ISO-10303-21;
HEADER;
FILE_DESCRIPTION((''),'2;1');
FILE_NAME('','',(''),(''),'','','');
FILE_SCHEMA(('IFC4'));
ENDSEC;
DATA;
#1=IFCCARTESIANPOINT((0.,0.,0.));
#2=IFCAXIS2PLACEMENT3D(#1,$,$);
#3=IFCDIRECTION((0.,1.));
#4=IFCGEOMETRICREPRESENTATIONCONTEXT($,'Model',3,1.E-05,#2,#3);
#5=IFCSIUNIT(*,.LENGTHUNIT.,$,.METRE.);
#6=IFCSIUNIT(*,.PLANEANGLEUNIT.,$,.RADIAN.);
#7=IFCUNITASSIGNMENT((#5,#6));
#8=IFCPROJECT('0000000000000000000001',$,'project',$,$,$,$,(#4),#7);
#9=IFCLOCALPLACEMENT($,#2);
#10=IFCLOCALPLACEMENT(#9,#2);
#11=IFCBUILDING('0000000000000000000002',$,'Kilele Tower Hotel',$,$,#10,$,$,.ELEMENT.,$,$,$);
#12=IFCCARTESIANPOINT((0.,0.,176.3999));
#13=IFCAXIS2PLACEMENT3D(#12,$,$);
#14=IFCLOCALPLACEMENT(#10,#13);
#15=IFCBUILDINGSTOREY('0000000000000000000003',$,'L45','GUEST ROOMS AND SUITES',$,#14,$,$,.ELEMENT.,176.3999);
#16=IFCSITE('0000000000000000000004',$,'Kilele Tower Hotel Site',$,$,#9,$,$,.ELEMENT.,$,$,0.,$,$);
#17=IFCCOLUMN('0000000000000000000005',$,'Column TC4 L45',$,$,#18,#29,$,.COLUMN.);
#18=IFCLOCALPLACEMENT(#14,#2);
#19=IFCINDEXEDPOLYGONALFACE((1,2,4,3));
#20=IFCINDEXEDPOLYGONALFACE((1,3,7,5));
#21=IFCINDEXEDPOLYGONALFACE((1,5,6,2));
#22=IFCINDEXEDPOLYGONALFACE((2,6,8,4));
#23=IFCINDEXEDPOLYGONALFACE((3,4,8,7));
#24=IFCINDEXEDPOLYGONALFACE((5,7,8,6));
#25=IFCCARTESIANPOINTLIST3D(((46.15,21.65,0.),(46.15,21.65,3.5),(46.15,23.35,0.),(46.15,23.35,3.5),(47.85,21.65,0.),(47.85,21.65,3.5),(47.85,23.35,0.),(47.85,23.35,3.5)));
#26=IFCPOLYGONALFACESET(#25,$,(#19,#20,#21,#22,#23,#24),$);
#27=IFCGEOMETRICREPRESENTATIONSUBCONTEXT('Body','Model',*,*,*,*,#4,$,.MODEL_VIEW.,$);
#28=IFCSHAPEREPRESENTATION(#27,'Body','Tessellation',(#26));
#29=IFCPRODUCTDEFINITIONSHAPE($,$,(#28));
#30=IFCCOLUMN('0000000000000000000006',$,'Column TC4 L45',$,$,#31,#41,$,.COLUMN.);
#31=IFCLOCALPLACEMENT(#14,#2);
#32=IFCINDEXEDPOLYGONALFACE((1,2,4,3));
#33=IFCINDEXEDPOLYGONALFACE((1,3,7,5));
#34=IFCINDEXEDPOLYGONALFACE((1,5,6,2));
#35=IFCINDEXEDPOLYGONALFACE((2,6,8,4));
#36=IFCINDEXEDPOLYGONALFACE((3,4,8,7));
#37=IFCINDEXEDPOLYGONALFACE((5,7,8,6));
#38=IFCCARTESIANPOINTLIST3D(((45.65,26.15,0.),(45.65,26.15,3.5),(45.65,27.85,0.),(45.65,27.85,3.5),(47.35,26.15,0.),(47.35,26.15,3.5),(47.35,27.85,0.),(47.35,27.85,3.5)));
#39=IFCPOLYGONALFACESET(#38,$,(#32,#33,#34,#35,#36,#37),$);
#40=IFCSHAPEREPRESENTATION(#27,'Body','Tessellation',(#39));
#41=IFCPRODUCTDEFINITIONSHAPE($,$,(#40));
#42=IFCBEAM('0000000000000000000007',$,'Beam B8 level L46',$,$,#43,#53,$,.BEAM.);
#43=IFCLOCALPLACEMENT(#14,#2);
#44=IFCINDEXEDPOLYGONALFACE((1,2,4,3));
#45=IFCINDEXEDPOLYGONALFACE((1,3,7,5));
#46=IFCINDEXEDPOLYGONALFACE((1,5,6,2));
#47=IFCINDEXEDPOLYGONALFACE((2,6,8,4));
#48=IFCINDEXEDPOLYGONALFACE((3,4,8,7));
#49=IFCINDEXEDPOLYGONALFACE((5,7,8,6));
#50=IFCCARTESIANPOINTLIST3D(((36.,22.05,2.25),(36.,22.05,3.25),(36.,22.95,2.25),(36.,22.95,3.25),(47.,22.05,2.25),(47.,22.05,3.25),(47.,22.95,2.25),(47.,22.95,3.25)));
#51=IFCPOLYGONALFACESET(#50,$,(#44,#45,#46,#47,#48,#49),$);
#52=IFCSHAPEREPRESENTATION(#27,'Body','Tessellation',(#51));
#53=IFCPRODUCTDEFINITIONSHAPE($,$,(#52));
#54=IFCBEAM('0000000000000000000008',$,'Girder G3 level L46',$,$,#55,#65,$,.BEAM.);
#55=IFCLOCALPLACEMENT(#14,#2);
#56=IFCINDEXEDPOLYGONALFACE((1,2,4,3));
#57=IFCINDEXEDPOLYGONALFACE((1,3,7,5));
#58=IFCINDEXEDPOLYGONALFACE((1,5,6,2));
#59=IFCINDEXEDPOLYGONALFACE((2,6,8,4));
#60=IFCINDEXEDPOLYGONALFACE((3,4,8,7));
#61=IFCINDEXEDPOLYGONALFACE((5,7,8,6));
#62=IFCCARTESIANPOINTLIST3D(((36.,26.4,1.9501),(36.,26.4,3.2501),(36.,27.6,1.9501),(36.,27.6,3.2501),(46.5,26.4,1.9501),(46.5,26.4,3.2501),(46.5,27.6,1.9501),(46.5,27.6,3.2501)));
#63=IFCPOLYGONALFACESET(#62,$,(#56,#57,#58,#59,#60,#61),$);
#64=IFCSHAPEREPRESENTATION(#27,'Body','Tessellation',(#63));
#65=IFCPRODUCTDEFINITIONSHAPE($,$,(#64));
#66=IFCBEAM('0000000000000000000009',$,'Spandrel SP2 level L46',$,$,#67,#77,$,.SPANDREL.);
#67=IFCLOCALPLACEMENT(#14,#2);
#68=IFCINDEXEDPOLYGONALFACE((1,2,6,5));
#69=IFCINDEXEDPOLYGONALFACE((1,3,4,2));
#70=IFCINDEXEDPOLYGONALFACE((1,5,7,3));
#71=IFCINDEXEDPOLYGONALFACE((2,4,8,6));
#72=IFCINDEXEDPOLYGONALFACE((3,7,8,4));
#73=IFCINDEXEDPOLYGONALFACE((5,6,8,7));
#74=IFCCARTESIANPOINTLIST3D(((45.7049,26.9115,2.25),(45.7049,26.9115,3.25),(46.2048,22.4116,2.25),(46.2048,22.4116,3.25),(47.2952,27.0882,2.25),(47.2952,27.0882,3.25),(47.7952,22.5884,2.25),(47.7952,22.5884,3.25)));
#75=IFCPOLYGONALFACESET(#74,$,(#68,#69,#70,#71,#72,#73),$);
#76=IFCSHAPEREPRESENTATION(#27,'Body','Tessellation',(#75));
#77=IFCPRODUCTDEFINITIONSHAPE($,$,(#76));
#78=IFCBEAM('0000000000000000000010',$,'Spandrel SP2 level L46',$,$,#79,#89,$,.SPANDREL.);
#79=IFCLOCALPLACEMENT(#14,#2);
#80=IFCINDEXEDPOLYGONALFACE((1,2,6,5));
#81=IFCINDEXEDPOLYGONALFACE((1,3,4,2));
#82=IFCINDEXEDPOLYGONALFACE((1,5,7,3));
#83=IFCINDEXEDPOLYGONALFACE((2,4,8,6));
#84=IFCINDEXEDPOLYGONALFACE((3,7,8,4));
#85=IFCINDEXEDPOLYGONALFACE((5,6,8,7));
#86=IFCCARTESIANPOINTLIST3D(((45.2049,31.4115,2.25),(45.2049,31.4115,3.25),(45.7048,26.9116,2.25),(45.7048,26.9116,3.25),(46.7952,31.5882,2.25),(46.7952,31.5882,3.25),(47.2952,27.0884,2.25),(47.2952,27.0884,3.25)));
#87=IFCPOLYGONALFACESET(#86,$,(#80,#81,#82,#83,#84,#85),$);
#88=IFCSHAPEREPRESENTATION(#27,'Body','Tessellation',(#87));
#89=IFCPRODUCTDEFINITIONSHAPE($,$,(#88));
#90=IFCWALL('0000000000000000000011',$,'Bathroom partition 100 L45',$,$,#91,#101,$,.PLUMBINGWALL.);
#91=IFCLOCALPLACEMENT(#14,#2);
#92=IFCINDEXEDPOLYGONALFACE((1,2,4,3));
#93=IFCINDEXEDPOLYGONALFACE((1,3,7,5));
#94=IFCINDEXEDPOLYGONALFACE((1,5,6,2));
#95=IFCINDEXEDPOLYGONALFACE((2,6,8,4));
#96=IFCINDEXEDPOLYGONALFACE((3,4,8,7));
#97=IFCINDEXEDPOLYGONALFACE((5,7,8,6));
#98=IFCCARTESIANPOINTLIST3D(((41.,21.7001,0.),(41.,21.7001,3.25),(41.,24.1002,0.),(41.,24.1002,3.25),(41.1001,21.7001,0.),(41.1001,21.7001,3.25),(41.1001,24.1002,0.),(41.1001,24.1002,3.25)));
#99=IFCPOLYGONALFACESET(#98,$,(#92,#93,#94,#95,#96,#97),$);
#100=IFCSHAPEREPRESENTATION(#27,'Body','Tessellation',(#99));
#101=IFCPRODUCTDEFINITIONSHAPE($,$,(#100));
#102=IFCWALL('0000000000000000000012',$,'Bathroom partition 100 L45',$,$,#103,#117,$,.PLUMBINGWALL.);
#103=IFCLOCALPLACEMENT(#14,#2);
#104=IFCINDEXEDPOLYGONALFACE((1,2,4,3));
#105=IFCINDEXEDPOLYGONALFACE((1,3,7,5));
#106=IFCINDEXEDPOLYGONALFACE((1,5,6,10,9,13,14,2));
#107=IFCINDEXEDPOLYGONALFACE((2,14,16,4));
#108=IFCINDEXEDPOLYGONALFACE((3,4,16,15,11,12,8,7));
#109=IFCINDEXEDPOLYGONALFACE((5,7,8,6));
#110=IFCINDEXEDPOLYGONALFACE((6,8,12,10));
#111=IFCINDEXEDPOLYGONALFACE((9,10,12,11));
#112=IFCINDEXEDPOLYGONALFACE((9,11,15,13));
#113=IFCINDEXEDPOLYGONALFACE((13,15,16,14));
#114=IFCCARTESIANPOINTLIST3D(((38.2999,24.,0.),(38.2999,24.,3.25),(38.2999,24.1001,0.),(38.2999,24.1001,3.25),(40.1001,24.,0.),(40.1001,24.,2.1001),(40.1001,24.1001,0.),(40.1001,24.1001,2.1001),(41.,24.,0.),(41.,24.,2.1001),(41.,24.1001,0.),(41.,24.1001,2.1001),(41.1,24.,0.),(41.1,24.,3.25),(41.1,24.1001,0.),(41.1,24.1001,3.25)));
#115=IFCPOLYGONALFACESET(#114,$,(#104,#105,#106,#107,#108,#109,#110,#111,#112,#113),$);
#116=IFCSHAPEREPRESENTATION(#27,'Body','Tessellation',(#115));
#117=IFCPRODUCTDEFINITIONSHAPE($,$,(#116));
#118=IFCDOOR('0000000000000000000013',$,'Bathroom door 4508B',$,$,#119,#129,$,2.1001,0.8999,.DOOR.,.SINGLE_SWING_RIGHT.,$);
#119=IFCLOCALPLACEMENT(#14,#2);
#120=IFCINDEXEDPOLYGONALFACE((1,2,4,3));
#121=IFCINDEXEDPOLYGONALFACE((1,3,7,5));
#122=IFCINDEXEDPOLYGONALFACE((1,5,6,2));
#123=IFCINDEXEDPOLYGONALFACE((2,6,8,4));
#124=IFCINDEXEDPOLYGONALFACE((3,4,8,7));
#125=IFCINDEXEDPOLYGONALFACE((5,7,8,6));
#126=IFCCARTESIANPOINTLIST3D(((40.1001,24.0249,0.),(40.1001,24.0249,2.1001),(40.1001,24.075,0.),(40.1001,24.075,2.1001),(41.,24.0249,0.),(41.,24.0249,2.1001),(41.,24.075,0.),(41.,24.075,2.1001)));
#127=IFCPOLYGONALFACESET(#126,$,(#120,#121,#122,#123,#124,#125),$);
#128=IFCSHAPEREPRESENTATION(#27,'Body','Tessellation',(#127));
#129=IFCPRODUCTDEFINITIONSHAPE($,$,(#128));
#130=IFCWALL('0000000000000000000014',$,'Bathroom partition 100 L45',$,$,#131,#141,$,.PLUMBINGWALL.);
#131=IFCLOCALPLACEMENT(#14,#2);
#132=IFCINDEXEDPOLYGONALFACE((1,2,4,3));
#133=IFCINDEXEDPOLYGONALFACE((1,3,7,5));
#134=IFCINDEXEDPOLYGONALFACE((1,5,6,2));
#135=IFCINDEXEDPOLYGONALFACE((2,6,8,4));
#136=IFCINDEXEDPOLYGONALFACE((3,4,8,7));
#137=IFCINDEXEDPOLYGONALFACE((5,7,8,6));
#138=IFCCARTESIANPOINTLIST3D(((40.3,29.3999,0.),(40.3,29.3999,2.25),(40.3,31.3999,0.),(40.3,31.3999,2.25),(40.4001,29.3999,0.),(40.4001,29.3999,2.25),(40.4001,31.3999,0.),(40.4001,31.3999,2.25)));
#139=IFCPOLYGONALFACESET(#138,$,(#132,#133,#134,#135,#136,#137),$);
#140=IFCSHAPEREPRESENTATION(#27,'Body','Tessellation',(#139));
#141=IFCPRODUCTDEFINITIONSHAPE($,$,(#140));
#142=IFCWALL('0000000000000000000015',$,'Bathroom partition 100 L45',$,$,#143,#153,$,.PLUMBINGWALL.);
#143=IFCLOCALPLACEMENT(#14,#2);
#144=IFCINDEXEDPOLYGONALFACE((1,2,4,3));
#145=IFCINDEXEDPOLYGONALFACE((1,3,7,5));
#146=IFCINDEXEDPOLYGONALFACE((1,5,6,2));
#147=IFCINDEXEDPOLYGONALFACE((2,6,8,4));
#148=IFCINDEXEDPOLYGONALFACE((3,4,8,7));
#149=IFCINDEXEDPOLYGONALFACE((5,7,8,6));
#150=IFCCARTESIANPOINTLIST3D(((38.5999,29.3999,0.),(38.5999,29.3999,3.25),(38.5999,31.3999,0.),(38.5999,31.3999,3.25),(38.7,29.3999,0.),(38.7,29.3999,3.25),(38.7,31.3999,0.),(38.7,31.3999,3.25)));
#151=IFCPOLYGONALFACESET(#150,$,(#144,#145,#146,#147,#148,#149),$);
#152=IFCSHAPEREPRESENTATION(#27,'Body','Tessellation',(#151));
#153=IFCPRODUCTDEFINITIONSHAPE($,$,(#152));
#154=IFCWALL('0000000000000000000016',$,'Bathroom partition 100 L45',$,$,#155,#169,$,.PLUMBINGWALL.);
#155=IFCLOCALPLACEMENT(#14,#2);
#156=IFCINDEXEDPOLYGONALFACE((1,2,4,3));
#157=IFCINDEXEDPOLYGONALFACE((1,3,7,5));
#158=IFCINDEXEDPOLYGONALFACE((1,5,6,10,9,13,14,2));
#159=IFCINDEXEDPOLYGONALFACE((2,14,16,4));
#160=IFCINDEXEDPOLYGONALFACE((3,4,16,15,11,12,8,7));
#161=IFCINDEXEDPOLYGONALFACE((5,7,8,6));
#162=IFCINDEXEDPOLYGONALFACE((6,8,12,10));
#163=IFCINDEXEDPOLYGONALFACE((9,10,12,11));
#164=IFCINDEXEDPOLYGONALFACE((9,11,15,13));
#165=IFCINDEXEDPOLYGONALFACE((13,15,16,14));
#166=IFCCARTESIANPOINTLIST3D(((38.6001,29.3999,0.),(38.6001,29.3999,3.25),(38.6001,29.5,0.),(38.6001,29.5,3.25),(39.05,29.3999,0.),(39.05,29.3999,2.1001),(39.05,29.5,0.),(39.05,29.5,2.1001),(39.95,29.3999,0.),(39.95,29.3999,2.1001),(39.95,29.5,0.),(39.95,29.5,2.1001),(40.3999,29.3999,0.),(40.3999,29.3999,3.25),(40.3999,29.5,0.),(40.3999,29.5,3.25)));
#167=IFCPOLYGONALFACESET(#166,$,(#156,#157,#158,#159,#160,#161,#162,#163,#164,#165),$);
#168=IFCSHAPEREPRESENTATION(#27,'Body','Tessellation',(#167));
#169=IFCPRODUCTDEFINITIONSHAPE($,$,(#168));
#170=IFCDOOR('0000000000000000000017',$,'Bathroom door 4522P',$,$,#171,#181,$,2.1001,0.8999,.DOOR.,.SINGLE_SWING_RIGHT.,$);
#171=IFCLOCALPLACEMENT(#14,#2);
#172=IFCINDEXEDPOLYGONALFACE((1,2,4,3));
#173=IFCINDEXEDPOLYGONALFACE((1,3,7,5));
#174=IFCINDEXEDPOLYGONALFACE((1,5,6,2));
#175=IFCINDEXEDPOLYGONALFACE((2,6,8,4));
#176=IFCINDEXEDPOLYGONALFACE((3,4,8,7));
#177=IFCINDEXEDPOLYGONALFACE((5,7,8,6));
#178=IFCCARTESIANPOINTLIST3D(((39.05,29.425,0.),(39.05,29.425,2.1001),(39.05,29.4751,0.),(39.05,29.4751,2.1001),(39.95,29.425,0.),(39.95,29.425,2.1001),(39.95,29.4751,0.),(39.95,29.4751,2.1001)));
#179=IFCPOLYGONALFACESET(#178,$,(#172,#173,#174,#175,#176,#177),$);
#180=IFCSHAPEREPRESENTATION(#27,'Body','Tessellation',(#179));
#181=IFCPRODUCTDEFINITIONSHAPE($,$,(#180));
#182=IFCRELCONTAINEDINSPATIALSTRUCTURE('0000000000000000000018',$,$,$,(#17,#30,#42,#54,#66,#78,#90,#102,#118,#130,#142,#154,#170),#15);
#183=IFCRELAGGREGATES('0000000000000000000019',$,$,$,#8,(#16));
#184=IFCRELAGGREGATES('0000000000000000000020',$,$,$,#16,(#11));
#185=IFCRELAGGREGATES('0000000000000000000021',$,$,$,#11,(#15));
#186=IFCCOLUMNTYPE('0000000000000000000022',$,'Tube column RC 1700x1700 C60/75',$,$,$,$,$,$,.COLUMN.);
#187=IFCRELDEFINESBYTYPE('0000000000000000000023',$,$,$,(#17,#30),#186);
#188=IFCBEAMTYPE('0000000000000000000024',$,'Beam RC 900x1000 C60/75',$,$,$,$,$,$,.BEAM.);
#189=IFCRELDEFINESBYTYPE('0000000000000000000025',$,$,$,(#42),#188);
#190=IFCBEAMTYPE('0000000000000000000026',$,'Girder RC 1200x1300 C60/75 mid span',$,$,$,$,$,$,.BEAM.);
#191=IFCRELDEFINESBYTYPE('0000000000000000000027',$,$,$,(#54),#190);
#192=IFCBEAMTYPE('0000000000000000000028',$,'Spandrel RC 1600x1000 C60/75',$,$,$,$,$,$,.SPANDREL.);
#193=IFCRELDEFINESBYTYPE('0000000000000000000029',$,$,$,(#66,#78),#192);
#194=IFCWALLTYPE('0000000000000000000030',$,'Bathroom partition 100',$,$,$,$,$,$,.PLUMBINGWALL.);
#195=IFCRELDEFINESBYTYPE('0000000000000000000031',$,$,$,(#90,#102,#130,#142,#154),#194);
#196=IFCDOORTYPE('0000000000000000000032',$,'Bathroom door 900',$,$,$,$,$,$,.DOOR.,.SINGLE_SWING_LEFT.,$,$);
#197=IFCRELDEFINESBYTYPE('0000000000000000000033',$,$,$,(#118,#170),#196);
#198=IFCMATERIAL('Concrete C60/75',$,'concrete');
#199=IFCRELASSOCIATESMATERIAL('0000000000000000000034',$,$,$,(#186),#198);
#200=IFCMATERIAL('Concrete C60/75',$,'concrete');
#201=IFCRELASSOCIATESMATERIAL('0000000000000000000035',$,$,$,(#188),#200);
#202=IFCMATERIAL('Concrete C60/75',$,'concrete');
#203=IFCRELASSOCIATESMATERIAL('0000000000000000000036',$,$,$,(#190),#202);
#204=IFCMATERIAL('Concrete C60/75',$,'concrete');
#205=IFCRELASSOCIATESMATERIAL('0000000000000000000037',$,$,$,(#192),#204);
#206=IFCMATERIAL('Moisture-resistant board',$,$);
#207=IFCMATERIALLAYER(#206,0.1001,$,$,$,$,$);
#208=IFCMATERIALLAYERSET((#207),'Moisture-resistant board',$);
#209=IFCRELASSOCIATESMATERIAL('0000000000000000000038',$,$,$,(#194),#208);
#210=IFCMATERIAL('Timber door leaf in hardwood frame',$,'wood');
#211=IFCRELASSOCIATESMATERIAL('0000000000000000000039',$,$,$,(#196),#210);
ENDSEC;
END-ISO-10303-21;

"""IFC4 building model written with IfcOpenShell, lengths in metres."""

from ifc_helpers import new_model, si_unit, direction, frame, frame_2d, origin, origin_2d, place, context, subcontext, project, spatial, rectangle, extrude, material, layer, layer_set, material_profile, profile_set, type_object, element, fill, save


model = new_model("IFC4")

# Units and contexts
model_context = context("Model", 3, precision=1e-05, world=origin(), true_north=direction((0.0, 1.0)))
body_context = subcontext(model_context, "Body", "Model", "MODEL_VIEW")
ifc_project = project(units=[si_unit("LENGTHUNIT", "METRE"), si_unit("PLANEANGLEUNIT", "RADIAN")], contexts=[model_context])

# Site, building, storey
site_placement = place(None, origin())
site = spatial("IfcSite", under=ifc_project, at=site_placement, Name="Kilele Tower Hotel Site", CompositionType="ELEMENT", RefElevation=0.0)
building_placement = place(site_placement, origin())
building = spatial("IfcBuilding", under=site, at=building_placement, Name="Kilele Tower Hotel", CompositionType="ELEMENT")
storey_placement = place(building_placement, frame((0.0, 0.0, 176.3999)))
storey = spatial("IfcBuildingStorey", under=building, at=storey_placement, Name="L45", Description="GUEST ROOMS AND SUITES", CompositionType="ELEMENT", Elevation=176.3999)

# Columns
ifc_material_1 = material(Name="Concrete C60/75", Category="concrete")
ifc_material_profile_1 = material_profile(ifc_material_1, rectangle(XDim=1.7, YDim=1.7, at=origin_2d()))
ifc_profile_set_1 = profile_set([ifc_material_profile_1], Name="Concrete C60/75")
column_type = type_object("IfcColumnType", Name="Tube column RC 1700x1700 C60/75", PredefinedType="COLUMN", material=ifc_profile_set_1)
for number, where, z_axis, x_axis, name in (
    (1, (47.0, 22.5, 0.0), (0.0, 0.0, 1.0), (1.0, 0.0, 0.0), "Column TC4 L45"),
    (2, (46.5, 27.0, 0.0), (0.0, 0.0, 1.0), (1.0, 0.0, 0.0), "Column TC4 L45"),
):
    element("IfcColumn", number, at=place(storey_placement, frame(where, z_axis=z_axis, x_axis=x_axis)), inside=storey, type_object=column_type, Name=name, PredefinedType="COLUMN", context=body_context, shape_type="SweptSolid", body=[
        extrude(rectangle(XDim=1.7, YDim=1.7, at=origin_2d()), origin(), (0.0, 0.0, 1.0), 3.5),
    ])

# Beams
ifc_material_2 = material(Name="Concrete C60/75", Category="concrete")
ifc_material_profile_2 = material_profile(ifc_material_2, rectangle(XDim=0.8999, YDim=1.0, at=origin_2d()))
ifc_profile_set_2 = profile_set([ifc_material_profile_2], Name="Concrete C60/75")
beam_type_1 = type_object("IfcBeamType", Name="Beam RC 900x1000 C60/75", PredefinedType="BEAM", material=ifc_profile_set_2)
beam_1_placement = place(storey_placement, frame((47.0, 22.5, 2.75), z_axis=(-1.0, 0.0, 0.0), x_axis=(0.0, -1.0, 0.0)))
element("IfcBeam", 3, at=beam_1_placement, inside=storey, type_object=beam_type_1, Name="Beam B8 level L46", PredefinedType="BEAM", context=body_context, shape_type="SweptSolid", body=[
    extrude(rectangle(XDim=0.8999, YDim=1.0, at=origin_2d()), origin(), (0.0, 0.0, 1.0), 11.0),
])
ifc_material_3 = material(Name="Concrete C60/75", Category="concrete")
ifc_material_profile_3 = material_profile(ifc_material_3, rectangle(XDim=1.2, YDim=1.3, at=origin_2d()))
ifc_profile_set_3 = profile_set([ifc_material_profile_3], Name="Concrete C60/75")
beam_type_2 = type_object("IfcBeamType", Name="Girder RC 1200x1300 C60/75 mid span", PredefinedType="BEAM", material=ifc_profile_set_3)
beam_2_placement = place(storey_placement, frame((46.5, 27.0, 2.6001), z_axis=(-1.0, 0.0, 0.0), x_axis=(0.0, -1.0, 0.0)))
element("IfcBeam", 4, at=beam_2_placement, inside=storey, type_object=beam_type_2, Name="Girder G3 level L46", PredefinedType="BEAM", context=body_context, shape_type="SweptSolid", body=[
    extrude(rectangle(XDim=1.2, YDim=1.3, at=origin_2d()), origin(), (0.0, 0.0, 1.0), 10.5),
])
ifc_material_4 = material(Name="Concrete C60/75", Category="concrete")
ifc_material_profile_4 = material_profile(ifc_material_4, rectangle(XDim=1.6001, YDim=1.0, at=origin_2d()))
ifc_profile_set_4 = profile_set([ifc_material_profile_4], Name="Concrete C60/75")
beam_type_3 = type_object("IfcBeamType", Name="Spandrel RC 1600x1000 C60/75", PredefinedType="SPANDREL", material=ifc_profile_set_4)
for number, where, z_axis, x_axis, name in (
    (5, (47.0, 22.5, 2.75), (-0.110432, 0.993884, 0.0), (-0.993884, -0.110432, 0.0), "Spandrel SP2 level L46"),
    (6, (46.5, 27.0, 2.75), (-0.110432, 0.993884, 0.0), (-0.993884, -0.110432, 0.0), "Spandrel SP2 level L46"),
):
    element("IfcBeam", number, at=place(storey_placement, frame(where, z_axis=z_axis, x_axis=x_axis)), inside=storey, type_object=beam_type_3, Name=name, PredefinedType="SPANDREL", context=body_context, shape_type="SweptSolid", body=[
        extrude(rectangle(XDim=1.6001, YDim=1.0, at=origin_2d()), origin(), (0.0, 0.0, 1.0), 4.5276),
    ])

# Wall
ifc_material_5 = material(Name="Moisture-resistant board")
ifc_layer_1 = layer(ifc_material_5, 0.1001)
ifc_layer_set_1 = layer_set([ifc_layer_1], Name="Moisture-resistant board")
wall_type_1 = type_object("IfcWallType", Name="Bathroom partition 100", PredefinedType="PLUMBINGWALL", material=ifc_layer_set_1)
wall_1_placement = place(storey_placement, frame((41.05, 21.7, 0.0), z_axis=(0.0, 0.0, 1.0), x_axis=(0.0, 1.0, 0.0)))
element("IfcWall", 7, at=wall_1_placement, inside=storey, type_object=wall_type_1, Name="Bathroom partition 100 L45", PredefinedType="PLUMBINGWALL", context=body_context, shape_type="SweptSolid", body=[
    extrude(rectangle(XDim=2.4001, YDim=0.1001, at=frame_2d((1.2002, 0.0))), origin(), (0.0, 0.0, 1.0), 3.25),
])

# Wall, opening, door
wall_2_placement = place(storey_placement, frame((38.3, 24.05, 0.0), z_axis=(0.0, 0.0, 1.0), x_axis=(1.0, 0.0, 0.0)))
wall_2 = element("IfcWall", 8, at=wall_2_placement, inside=storey, type_object=wall_type_1, Name="Bathroom partition 100 L45", PredefinedType="PLUMBINGWALL", context=body_context, shape_type="SweptSolid", body=[
    extrude(rectangle(XDim=2.8, YDim=0.1001, at=frame_2d((1.3999, 0.0))), origin(), (0.0, 0.0, 1.0), 3.25),
])
opening_1_placement = place(wall_2_placement, frame((1.8, 0.0, 0.0)))
opening_1 = element("IfcOpeningElement", 9, at=opening_1_placement, cuts=wall_2, PredefinedType="OPENING", context=body_context, shape_type="SweptSolid", body=[
    extrude(rectangle(XDim=0.8999, YDim=2.1001, at=frame_2d((0.45, 1.05))), frame((0.0, 0.0601, 0.0), z_axis=(0.0, -1.0, 0.0), x_axis=(1.0, 0.0, 0.0)), (0.0, 0.0, 1.0), 0.1201),
])
ifc_material_6 = material(Name="Timber door leaf in hardwood frame", Category="wood")
door_type_1 = type_object("IfcDoorType", Name="Bathroom door 900", OperationType="SINGLE_SWING_LEFT", PredefinedType="DOOR", material=ifc_material_6)
door_1_placement = place(opening_1_placement, origin())
door_1 = element("IfcDoor", 10, at=door_1_placement, inside=storey, type_object=door_type_1, Name="Bathroom door 4508B", OperationType="SINGLE_SWING_RIGHT", OverallHeight=2.1001, OverallWidth=0.8999, PredefinedType="DOOR", context=body_context, shape_type="SweptSolid", body=[
    extrude(rectangle(XDim=0.8999, YDim=2.1001, at=frame_2d((0.45, 1.05))), frame((0.0, 0.0249, 0.0), z_axis=(0.0, -1.0, 0.0), x_axis=(1.0, 0.0, 0.0)), (0.0, 0.0, 1.0), 0.05),
])
fill(opening_1, door_1)

# Walls
wall_3_placement = place(storey_placement, frame((40.3501, 31.3999, 0.0), z_axis=(0.0, 0.0, 1.0), x_axis=(0.0, -1.0, 0.0)))
element("IfcWall", 11, at=wall_3_placement, inside=storey, type_object=wall_type_1, Name="Bathroom partition 100 L45", PredefinedType="PLUMBINGWALL", context=body_context, shape_type="SweptSolid", body=[
    extrude(rectangle(XDim=2.0, YDim=0.1001, at=frame_2d((1.0, 0.0))), origin(), (0.0, 0.0, 1.0), 2.25),
])
wall_4_placement = place(storey_placement, frame((38.6499, 31.3999, 0.0), z_axis=(0.0, 0.0, 1.0), x_axis=(0.0, -1.0, 0.0)))
element("IfcWall", 12, at=wall_4_placement, inside=storey, type_object=wall_type_1, Name="Bathroom partition 100 L45", PredefinedType="PLUMBINGWALL", context=body_context, shape_type="SweptSolid", body=[
    extrude(rectangle(XDim=2.0, YDim=0.1001, at=frame_2d((1.0, 0.0))), origin(), (0.0, 0.0, 1.0), 3.25),
])

# Wall, opening, door
wall_5_placement = place(storey_placement, frame((38.6001, 29.45, 0.0), z_axis=(0.0, 0.0, 1.0), x_axis=(1.0, 0.0, 0.0)))
wall_5 = element("IfcWall", 13, at=wall_5_placement, inside=storey, type_object=wall_type_1, Name="Bathroom partition 100 L45", PredefinedType="PLUMBINGWALL", context=body_context, shape_type="SweptSolid", body=[
    extrude(rectangle(XDim=1.7998, YDim=0.1001, at=frame_2d((0.8999, 0.0))), origin(), (0.0, 0.0, 1.0), 3.25),
])
opening_2_placement = place(wall_5_placement, frame((1.3499, 0.0, 0.0), z_axis=(0.0, 0.0, 1.0), x_axis=(-1.0, 0.0, 0.0)))
opening_2 = element("IfcOpeningElement", 14, at=opening_2_placement, cuts=wall_5, PredefinedType="OPENING", context=body_context, shape_type="SweptSolid", body=[
    extrude(rectangle(XDim=0.8999, YDim=2.1001, at=frame_2d((0.45, 1.05))), frame((0.0, 0.0601, 0.0), z_axis=(0.0, -1.0, 0.0), x_axis=(1.0, 0.0, 0.0)), (0.0, 0.0, 1.0), 0.1201),
])
door_2_placement = place(opening_2_placement, origin())
door_2 = element("IfcDoor", 15, at=door_2_placement, inside=storey, type_object=door_type_1, Name="Bathroom door 4522P", OperationType="SINGLE_SWING_RIGHT", OverallHeight=2.1001, OverallWidth=0.8999, PredefinedType="DOOR", context=body_context, shape_type="SweptSolid", body=[
    extrude(rectangle(XDim=0.8999, YDim=2.1001, at=frame_2d((0.45, 1.05))), frame((0.0, 0.0249, 0.0), z_axis=(0.0, -1.0, 0.0), x_axis=(1.0, 0.0, 0.0)), (0.0, 0.0, 1.0), 0.05),
])
fill(opening_2, door_2)

save(model, "model.ifc")
